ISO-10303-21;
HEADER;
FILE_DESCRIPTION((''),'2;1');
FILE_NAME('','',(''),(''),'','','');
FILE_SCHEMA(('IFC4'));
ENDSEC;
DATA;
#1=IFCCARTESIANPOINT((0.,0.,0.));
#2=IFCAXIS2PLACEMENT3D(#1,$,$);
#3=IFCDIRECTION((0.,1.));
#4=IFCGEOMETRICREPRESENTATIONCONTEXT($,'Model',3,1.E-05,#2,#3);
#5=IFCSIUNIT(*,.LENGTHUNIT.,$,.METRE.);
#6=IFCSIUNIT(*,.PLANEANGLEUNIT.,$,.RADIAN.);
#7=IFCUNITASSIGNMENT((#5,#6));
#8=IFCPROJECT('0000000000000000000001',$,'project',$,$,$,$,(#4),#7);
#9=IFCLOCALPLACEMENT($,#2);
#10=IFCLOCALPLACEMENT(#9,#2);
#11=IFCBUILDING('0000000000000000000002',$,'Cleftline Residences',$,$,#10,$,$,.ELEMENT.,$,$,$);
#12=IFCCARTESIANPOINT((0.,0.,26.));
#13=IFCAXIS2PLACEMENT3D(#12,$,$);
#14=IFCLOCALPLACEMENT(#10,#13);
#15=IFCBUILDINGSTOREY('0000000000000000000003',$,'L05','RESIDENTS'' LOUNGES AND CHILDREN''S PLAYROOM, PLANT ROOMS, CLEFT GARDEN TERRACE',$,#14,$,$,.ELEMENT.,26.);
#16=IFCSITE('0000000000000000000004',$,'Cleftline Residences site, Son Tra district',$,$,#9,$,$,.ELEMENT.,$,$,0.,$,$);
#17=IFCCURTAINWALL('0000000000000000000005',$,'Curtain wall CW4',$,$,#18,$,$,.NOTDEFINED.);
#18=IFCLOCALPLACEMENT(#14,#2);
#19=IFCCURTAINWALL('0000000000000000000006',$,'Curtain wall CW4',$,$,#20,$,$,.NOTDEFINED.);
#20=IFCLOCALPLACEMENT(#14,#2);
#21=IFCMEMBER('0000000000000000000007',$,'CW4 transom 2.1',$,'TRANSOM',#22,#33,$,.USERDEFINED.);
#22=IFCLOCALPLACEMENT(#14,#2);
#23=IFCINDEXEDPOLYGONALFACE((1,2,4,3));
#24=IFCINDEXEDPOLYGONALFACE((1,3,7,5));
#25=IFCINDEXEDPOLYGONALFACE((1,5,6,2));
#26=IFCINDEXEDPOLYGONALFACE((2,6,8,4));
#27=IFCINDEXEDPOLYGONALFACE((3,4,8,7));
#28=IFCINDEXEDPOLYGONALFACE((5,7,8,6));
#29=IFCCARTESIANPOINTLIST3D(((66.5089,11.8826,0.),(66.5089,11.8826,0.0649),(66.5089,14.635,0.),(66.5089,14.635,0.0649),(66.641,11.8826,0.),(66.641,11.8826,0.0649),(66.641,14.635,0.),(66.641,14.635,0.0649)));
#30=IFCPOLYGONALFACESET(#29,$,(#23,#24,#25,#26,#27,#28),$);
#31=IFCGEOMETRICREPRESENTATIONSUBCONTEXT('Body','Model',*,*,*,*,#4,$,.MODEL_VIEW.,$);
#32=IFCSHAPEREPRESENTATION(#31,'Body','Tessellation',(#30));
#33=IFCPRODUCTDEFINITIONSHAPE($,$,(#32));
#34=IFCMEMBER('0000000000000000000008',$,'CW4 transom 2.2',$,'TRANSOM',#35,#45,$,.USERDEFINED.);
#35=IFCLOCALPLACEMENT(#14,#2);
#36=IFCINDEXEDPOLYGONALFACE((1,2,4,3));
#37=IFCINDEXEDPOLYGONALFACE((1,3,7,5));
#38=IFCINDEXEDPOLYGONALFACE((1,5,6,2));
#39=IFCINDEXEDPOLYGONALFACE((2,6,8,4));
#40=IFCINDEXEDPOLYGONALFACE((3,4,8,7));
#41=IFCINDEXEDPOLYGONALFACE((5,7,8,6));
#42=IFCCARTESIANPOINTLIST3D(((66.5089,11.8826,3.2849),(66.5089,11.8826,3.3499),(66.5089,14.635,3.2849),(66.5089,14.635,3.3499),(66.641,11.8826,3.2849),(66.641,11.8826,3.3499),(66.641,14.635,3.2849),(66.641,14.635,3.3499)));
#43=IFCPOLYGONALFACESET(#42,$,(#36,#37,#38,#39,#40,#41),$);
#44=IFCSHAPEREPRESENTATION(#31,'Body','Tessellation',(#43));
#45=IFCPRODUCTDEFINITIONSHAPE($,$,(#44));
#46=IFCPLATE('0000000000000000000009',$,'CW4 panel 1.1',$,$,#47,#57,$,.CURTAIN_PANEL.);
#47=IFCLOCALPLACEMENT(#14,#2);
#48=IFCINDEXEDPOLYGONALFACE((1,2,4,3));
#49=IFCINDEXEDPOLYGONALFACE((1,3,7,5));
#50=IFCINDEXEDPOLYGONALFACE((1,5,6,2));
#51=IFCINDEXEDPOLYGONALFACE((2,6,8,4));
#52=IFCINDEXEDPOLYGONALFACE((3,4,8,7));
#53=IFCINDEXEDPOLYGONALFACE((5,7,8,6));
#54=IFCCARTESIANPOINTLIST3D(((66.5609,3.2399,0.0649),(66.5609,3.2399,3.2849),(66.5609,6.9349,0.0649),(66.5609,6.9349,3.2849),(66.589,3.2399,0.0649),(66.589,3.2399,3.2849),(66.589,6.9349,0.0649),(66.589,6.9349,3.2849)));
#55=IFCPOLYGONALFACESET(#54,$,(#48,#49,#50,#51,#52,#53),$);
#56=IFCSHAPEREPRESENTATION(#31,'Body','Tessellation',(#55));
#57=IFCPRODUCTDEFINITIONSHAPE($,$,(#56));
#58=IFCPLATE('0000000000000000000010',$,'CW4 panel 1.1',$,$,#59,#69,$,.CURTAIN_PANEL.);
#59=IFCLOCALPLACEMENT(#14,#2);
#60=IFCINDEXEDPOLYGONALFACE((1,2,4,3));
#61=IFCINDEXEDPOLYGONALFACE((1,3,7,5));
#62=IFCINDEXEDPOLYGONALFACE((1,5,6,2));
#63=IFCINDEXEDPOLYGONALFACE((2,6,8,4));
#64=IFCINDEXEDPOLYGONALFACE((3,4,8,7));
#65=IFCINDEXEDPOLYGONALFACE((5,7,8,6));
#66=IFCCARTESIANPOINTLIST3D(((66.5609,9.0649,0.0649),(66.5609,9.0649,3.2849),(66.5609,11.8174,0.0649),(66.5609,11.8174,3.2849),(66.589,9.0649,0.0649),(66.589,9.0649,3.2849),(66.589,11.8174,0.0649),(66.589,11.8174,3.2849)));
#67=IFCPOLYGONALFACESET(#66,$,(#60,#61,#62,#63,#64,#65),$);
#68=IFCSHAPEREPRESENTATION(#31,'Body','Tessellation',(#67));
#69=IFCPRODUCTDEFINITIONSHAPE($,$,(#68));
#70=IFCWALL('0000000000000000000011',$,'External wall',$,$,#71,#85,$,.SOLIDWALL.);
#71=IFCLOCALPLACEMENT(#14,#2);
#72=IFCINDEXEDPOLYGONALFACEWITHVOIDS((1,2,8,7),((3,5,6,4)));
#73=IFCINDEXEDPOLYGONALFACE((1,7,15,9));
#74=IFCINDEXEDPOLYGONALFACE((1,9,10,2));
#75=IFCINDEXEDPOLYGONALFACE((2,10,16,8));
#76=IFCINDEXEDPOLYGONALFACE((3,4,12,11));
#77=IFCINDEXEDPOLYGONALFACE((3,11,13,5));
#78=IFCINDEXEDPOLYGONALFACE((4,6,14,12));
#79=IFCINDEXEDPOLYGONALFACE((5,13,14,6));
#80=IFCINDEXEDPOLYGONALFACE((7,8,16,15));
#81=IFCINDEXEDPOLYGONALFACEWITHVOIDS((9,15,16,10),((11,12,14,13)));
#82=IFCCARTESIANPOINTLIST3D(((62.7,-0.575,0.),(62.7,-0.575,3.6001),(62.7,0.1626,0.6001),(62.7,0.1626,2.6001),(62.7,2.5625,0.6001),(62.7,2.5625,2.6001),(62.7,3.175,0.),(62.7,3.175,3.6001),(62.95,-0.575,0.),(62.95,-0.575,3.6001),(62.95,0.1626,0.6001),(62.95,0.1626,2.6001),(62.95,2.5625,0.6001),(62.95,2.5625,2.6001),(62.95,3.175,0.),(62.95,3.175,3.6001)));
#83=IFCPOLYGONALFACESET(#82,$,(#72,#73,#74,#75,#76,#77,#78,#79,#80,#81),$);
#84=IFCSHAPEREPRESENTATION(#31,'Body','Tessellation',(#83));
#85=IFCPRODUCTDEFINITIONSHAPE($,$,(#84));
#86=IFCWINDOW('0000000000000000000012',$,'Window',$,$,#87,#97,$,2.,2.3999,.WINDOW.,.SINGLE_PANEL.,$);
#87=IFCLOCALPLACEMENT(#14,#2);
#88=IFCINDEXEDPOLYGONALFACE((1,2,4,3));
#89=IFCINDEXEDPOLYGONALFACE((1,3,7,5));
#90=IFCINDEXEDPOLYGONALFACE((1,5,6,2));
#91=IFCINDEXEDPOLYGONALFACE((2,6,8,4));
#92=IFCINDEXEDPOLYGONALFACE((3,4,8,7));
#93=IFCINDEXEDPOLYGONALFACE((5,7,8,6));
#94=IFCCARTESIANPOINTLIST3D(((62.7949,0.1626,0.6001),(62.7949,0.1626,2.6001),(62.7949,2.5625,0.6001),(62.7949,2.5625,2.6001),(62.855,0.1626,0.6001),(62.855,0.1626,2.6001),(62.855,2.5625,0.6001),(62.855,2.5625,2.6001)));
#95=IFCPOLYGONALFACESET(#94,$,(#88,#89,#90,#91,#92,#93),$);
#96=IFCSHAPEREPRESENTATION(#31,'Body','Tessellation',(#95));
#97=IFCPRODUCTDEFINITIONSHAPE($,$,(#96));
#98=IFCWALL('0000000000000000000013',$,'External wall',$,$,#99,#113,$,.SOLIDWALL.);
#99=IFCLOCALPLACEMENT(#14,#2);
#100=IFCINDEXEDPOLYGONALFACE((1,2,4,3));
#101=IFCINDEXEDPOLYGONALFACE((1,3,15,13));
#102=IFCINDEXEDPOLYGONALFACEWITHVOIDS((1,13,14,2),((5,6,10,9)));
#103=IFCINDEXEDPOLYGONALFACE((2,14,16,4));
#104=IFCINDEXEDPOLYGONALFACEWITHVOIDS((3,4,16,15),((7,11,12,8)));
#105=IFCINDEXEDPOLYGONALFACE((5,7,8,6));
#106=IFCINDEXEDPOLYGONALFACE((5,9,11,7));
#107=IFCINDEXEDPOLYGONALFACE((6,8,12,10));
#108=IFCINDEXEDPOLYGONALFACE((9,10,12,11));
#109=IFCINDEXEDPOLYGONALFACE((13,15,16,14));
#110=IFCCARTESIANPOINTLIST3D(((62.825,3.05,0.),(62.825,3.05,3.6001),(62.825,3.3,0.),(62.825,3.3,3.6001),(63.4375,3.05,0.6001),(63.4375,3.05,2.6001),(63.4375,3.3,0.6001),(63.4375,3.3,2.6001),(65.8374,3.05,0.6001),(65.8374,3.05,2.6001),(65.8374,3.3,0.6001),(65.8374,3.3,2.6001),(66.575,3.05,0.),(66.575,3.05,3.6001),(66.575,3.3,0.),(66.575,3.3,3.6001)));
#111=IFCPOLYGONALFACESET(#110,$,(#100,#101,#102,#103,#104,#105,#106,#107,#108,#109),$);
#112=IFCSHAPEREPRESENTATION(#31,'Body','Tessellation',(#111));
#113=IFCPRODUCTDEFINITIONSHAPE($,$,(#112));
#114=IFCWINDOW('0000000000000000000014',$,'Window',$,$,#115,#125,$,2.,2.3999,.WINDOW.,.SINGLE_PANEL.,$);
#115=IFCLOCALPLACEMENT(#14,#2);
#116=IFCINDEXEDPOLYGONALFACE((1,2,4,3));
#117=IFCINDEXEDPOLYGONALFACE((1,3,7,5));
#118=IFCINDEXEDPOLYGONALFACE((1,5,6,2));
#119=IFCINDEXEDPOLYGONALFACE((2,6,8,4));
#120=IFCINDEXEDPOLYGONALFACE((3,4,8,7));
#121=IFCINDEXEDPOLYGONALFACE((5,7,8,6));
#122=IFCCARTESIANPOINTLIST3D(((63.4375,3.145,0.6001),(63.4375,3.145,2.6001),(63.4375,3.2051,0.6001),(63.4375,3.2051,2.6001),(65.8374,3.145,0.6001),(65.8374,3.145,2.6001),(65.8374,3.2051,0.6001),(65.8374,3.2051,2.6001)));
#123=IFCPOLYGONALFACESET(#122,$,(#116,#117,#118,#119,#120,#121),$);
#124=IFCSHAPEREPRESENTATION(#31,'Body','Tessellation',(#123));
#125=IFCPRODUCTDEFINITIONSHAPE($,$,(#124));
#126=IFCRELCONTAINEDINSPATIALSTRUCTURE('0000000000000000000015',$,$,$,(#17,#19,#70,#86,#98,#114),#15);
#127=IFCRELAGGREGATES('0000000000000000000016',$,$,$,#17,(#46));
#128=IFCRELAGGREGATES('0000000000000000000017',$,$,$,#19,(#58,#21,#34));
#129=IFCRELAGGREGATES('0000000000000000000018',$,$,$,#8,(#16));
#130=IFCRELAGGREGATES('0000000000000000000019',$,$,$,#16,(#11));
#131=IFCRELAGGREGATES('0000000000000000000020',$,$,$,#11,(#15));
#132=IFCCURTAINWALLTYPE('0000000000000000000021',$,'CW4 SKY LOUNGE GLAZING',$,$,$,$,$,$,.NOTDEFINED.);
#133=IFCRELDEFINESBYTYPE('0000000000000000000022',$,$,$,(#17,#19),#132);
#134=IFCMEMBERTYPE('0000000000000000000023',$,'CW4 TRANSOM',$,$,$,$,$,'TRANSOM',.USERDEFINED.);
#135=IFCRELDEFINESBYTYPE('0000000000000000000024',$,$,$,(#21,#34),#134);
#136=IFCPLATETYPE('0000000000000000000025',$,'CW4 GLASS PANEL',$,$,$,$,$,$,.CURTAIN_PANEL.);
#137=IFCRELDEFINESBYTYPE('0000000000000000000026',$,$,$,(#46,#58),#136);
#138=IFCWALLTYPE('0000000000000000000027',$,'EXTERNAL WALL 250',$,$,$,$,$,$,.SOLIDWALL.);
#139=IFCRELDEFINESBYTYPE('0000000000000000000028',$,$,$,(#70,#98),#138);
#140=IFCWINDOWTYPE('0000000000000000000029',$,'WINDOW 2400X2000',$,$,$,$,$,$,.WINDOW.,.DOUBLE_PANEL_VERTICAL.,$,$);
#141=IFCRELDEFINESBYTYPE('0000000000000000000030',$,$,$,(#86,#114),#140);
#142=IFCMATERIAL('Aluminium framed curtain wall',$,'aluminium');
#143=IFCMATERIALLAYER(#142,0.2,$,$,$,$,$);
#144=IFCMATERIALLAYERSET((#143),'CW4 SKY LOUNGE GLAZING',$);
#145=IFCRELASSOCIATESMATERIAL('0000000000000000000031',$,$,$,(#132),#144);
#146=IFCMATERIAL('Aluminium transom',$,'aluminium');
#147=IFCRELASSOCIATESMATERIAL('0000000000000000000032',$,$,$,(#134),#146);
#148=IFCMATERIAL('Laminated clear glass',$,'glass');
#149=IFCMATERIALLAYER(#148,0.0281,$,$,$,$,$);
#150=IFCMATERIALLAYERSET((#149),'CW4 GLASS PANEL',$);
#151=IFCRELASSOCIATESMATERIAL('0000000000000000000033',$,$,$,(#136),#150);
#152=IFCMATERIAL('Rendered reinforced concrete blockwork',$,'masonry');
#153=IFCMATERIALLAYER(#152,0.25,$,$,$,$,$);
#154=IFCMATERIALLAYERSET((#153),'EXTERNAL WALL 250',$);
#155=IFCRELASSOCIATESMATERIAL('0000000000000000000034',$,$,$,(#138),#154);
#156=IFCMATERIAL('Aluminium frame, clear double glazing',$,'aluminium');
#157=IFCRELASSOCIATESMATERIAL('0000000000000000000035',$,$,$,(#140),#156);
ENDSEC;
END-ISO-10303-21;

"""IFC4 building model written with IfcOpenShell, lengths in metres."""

from ifc_helpers import new_model, si_unit, direction, frame, frame_2d, origin, origin_2d, place, context, subcontext, project, spatial, rectangle, extrude, material, layer, layer_set, material_profile, profile_set, type_object, element, fill, aggregate, save


model = new_model("IFC4")

# Units and contexts
model_context = context("Model", 3, precision=1e-05, world=origin(), true_north=direction((0.0, 1.0)))
body_context = subcontext(model_context, "Body", "Model", "MODEL_VIEW")
ifc_project = project(units=[si_unit("LENGTHUNIT", "METRE"), si_unit("PLANEANGLEUNIT", "RADIAN")], contexts=[model_context])

# Site, building, storey
site_placement = place(None, origin())
site = spatial("IfcSite", under=ifc_project, at=site_placement, Name="Cleftline Residences site, Son Tra district", CompositionType="ELEMENT", RefElevation=0.0)
building_placement = place(site_placement, origin())
building = spatial("IfcBuilding", under=site, at=building_placement, Name="Cleftline Residences", CompositionType="ELEMENT")
storey_placement = place(building_placement, frame((0.0, 0.0, 26.0)))
storey = spatial("IfcBuildingStorey", under=building, at=storey_placement, Name="L05", Description="RESIDENTS' LOUNGES AND CHILDREN'S PLAYROOM, PLANT ROOMS, CLEFT GARDEN TERRACE", CompositionType="ELEMENT", Elevation=26.0)

# Curtain walls
ifc_material_1 = material(Name="Aluminium framed curtain wall", Category="aluminium")
ifc_layer_1 = layer(ifc_material_1, 0.2)
ifc_layer_set_1 = layer_set([ifc_layer_1], Name="CW4 SKY LOUNGE GLAZING")
curtain_wall_type = type_object("IfcCurtainWallType", Name="CW4 SKY LOUNGE GLAZING", PredefinedType="NOTDEFINED", material=ifc_layer_set_1)
curtain_wall_1_placement = place(storey_placement, origin())
curtain_wall_1 = element("IfcCurtainWall", 1, at=curtain_wall_1_placement, inside=storey, type_object=curtain_wall_type, Name="Curtain wall CW4", PredefinedType="NOTDEFINED")
curtain_wall_2_placement = place(storey_placement, origin())
curtain_wall_2 = element("IfcCurtainWall", 2, at=curtain_wall_2_placement, inside=storey, type_object=curtain_wall_type, Name="Curtain wall CW4", PredefinedType="NOTDEFINED")

# Members
ifc_material_2 = material(Name="Aluminium transom", Category="aluminium")
ifc_material_profile_1 = material_profile(ifc_material_2, rectangle(XDim=0.1321, YDim=0.0649, at=origin_2d()))
ifc_profile_set_1 = profile_set([ifc_material_profile_1], Name="Aluminium transom")
member_type_1 = type_object("IfcMemberType", Name="CW4 TRANSOM", ElementType="TRANSOM", PredefinedType="USERDEFINED", material=ifc_profile_set_1)
member_1_placement = place(storey_placement, frame((66.575, 11.8826, 0.0325), z_axis=(0.0, 1.0, 0.0), x_axis=(-1.0, 0.0, 0.0)))
member_1 = element("IfcMember", 3, at=member_1_placement, type_object=member_type_1, Name="CW4 transom 2.1", ObjectType="TRANSOM", PredefinedType="USERDEFINED", context=body_context, shape_type="SweptSolid", body=[
    extrude(rectangle(XDim=0.1321, YDim=0.0649, at=origin_2d()), origin(), (0.0, 0.0, 1.0), 2.7524),
])
member_2_placement = place(storey_placement, frame((66.575, 11.8826, 3.3174), z_axis=(0.0, 1.0, 0.0), x_axis=(-1.0, 0.0, 0.0)))
member_2 = element("IfcMember", 4, at=member_2_placement, type_object=member_type_1, Name="CW4 transom 2.2", ObjectType="TRANSOM", PredefinedType="USERDEFINED", context=body_context, shape_type="SweptSolid", body=[
    extrude(rectangle(XDim=0.1321, YDim=0.0649, at=origin_2d()), origin(), (0.0, 0.0, 1.0), 2.7524),
])

# Plates
ifc_material_3 = material(Name="Laminated clear glass", Category="glass")
ifc_layer_2 = layer(ifc_material_3, 0.0281)
ifc_layer_set_2 = layer_set([ifc_layer_2], Name="CW4 GLASS PANEL")
plate_type = type_object("IfcPlateType", Name="CW4 GLASS PANEL", PredefinedType="CURTAIN_PANEL", material=ifc_layer_set_2)
plate_1_placement = place(storey_placement, frame((66.575, 5.0874, 0.0649), z_axis=(0.0, 0.0, 1.0), x_axis=(0.0, 1.0, 0.0)))
plate_1 = element("IfcPlate", 5, at=plate_1_placement, type_object=plate_type, Name="CW4 panel 1.1", PredefinedType="CURTAIN_PANEL", context=body_context, shape_type="SweptSolid", body=[
    extrude(rectangle(XDim=3.6951, YDim=0.0281, at=origin_2d()), origin(), (0.0, 0.0, 1.0), 3.22),
])
aggregate(curtain_wall_1, [plate_1])
plate_2_placement = place(storey_placement, frame((66.575, 10.4412, 0.0649), z_axis=(0.0, 0.0, 1.0), x_axis=(0.0, 1.0, 0.0)))
plate_2 = element("IfcPlate", 6, at=plate_2_placement, type_object=plate_type, Name="CW4 panel 1.1", PredefinedType="CURTAIN_PANEL", context=body_context, shape_type="SweptSolid", body=[
    extrude(rectangle(XDim=2.7524, YDim=0.0281, at=origin_2d()), origin(), (0.0, 0.0, 1.0), 3.22),
])
aggregate(curtain_wall_2, [plate_2, member_1, member_2])

# Walls, openings, windows
ifc_material_4 = material(Name="Rendered reinforced concrete blockwork", Category="masonry")
ifc_layer_3 = layer(ifc_material_4, 0.25)
ifc_layer_set_3 = layer_set([ifc_layer_3], Name="EXTERNAL WALL 250")
wall_type = type_object("IfcWallType", Name="EXTERNAL WALL 250", PredefinedType="SOLIDWALL", material=ifc_layer_set_3)
wall_1_placement = place(storey_placement, frame((62.825, -0.575, 0.0), z_axis=(0.0, 0.0, 1.0), x_axis=(0.0, 1.0, 0.0)))
wall_1 = element("IfcWall", 7, at=wall_1_placement, inside=storey, type_object=wall_type, Name="External wall", PredefinedType="SOLIDWALL", context=body_context, shape_type="SweptSolid", body=[
    extrude(rectangle(XDim=3.75, YDim=0.25, at=frame_2d((1.875, 0.0))), origin(), (0.0, 0.0, 1.0), 3.6001),
])
opening_1_placement = place(wall_1_placement, frame((0.7375, 0.0, 0.6001)))
opening_1 = element("IfcOpeningElement", 8, at=opening_1_placement, cuts=wall_1, PredefinedType="OPENING", context=body_context, shape_type="SweptSolid", body=[
    extrude(rectangle(XDim=2.3999, YDim=2.0, at=frame_2d((1.2, 1.0))), frame((0.0, 0.135, 0.0), z_axis=(0.0, -1.0, 0.0), x_axis=(1.0, 0.0, 0.0)), (0.0, 0.0, 1.0), 0.27),
])
ifc_material_5 = material(Name="Aluminium frame, clear double glazing", Category="aluminium")
window_type = type_object("IfcWindowType", Name="WINDOW 2400X2000", PartitioningType="DOUBLE_PANEL_VERTICAL", PredefinedType="WINDOW", material=ifc_material_5)
window_1_placement = place(opening_1_placement, origin())
window_1 = element("IfcWindow", 9, at=window_1_placement, inside=storey, type_object=window_type, Name="Window", OverallHeight=2.0, OverallWidth=2.3999, PartitioningType="SINGLE_PANEL", PredefinedType="WINDOW", context=body_context, shape_type="SweptSolid", body=[
    extrude(rectangle(XDim=2.3999, YDim=2.0, at=frame_2d((1.2, 1.0))), frame((0.0, 0.03, 0.0), z_axis=(0.0, -1.0, 0.0), x_axis=(1.0, 0.0, 0.0)), (0.0, 0.0, 1.0), 0.0601),
])
fill(opening_1, window_1)
wall_2_placement = place(storey_placement, frame((62.825, 3.175, 0.0), z_axis=(0.0, 0.0, 1.0), x_axis=(1.0, 0.0, 0.0)))
wall_2 = element("IfcWall", 10, at=wall_2_placement, inside=storey, type_object=wall_type, Name="External wall", PredefinedType="SOLIDWALL", context=body_context, shape_type="SweptSolid", body=[
    extrude(rectangle(XDim=3.75, YDim=0.25, at=frame_2d((1.875, 0.0))), origin(), (0.0, 0.0, 1.0), 3.6001),
])
opening_2_placement = place(wall_2_placement, frame((0.6125, 0.0, 0.6001)))
opening_2 = element("IfcOpeningElement", 11, at=opening_2_placement, cuts=wall_2, PredefinedType="OPENING", context=body_context, shape_type="SweptSolid", body=[
    extrude(rectangle(XDim=2.3999, YDim=2.0, at=frame_2d((1.2, 1.0))), frame((0.0, 0.135, 0.0), z_axis=(0.0, -1.0, 0.0), x_axis=(1.0, 0.0, 0.0)), (0.0, 0.0, 1.0), 0.27),
])
window_2_placement = place(opening_2_placement, origin())
window_2 = element("IfcWindow", 12, at=window_2_placement, inside=storey, type_object=window_type, Name="Window", OverallHeight=2.0, OverallWidth=2.3999, PartitioningType="SINGLE_PANEL", PredefinedType="WINDOW", context=body_context, shape_type="SweptSolid", body=[
    extrude(rectangle(XDim=2.3999, YDim=2.0, at=frame_2d((1.2, 1.0))), frame((0.0, 0.03, 0.0), z_axis=(0.0, -1.0, 0.0), x_axis=(1.0, 0.0, 0.0)), (0.0, 0.0, 1.0), 0.0601),
])
fill(opening_2, window_2)

save(model, "model.ifc")
